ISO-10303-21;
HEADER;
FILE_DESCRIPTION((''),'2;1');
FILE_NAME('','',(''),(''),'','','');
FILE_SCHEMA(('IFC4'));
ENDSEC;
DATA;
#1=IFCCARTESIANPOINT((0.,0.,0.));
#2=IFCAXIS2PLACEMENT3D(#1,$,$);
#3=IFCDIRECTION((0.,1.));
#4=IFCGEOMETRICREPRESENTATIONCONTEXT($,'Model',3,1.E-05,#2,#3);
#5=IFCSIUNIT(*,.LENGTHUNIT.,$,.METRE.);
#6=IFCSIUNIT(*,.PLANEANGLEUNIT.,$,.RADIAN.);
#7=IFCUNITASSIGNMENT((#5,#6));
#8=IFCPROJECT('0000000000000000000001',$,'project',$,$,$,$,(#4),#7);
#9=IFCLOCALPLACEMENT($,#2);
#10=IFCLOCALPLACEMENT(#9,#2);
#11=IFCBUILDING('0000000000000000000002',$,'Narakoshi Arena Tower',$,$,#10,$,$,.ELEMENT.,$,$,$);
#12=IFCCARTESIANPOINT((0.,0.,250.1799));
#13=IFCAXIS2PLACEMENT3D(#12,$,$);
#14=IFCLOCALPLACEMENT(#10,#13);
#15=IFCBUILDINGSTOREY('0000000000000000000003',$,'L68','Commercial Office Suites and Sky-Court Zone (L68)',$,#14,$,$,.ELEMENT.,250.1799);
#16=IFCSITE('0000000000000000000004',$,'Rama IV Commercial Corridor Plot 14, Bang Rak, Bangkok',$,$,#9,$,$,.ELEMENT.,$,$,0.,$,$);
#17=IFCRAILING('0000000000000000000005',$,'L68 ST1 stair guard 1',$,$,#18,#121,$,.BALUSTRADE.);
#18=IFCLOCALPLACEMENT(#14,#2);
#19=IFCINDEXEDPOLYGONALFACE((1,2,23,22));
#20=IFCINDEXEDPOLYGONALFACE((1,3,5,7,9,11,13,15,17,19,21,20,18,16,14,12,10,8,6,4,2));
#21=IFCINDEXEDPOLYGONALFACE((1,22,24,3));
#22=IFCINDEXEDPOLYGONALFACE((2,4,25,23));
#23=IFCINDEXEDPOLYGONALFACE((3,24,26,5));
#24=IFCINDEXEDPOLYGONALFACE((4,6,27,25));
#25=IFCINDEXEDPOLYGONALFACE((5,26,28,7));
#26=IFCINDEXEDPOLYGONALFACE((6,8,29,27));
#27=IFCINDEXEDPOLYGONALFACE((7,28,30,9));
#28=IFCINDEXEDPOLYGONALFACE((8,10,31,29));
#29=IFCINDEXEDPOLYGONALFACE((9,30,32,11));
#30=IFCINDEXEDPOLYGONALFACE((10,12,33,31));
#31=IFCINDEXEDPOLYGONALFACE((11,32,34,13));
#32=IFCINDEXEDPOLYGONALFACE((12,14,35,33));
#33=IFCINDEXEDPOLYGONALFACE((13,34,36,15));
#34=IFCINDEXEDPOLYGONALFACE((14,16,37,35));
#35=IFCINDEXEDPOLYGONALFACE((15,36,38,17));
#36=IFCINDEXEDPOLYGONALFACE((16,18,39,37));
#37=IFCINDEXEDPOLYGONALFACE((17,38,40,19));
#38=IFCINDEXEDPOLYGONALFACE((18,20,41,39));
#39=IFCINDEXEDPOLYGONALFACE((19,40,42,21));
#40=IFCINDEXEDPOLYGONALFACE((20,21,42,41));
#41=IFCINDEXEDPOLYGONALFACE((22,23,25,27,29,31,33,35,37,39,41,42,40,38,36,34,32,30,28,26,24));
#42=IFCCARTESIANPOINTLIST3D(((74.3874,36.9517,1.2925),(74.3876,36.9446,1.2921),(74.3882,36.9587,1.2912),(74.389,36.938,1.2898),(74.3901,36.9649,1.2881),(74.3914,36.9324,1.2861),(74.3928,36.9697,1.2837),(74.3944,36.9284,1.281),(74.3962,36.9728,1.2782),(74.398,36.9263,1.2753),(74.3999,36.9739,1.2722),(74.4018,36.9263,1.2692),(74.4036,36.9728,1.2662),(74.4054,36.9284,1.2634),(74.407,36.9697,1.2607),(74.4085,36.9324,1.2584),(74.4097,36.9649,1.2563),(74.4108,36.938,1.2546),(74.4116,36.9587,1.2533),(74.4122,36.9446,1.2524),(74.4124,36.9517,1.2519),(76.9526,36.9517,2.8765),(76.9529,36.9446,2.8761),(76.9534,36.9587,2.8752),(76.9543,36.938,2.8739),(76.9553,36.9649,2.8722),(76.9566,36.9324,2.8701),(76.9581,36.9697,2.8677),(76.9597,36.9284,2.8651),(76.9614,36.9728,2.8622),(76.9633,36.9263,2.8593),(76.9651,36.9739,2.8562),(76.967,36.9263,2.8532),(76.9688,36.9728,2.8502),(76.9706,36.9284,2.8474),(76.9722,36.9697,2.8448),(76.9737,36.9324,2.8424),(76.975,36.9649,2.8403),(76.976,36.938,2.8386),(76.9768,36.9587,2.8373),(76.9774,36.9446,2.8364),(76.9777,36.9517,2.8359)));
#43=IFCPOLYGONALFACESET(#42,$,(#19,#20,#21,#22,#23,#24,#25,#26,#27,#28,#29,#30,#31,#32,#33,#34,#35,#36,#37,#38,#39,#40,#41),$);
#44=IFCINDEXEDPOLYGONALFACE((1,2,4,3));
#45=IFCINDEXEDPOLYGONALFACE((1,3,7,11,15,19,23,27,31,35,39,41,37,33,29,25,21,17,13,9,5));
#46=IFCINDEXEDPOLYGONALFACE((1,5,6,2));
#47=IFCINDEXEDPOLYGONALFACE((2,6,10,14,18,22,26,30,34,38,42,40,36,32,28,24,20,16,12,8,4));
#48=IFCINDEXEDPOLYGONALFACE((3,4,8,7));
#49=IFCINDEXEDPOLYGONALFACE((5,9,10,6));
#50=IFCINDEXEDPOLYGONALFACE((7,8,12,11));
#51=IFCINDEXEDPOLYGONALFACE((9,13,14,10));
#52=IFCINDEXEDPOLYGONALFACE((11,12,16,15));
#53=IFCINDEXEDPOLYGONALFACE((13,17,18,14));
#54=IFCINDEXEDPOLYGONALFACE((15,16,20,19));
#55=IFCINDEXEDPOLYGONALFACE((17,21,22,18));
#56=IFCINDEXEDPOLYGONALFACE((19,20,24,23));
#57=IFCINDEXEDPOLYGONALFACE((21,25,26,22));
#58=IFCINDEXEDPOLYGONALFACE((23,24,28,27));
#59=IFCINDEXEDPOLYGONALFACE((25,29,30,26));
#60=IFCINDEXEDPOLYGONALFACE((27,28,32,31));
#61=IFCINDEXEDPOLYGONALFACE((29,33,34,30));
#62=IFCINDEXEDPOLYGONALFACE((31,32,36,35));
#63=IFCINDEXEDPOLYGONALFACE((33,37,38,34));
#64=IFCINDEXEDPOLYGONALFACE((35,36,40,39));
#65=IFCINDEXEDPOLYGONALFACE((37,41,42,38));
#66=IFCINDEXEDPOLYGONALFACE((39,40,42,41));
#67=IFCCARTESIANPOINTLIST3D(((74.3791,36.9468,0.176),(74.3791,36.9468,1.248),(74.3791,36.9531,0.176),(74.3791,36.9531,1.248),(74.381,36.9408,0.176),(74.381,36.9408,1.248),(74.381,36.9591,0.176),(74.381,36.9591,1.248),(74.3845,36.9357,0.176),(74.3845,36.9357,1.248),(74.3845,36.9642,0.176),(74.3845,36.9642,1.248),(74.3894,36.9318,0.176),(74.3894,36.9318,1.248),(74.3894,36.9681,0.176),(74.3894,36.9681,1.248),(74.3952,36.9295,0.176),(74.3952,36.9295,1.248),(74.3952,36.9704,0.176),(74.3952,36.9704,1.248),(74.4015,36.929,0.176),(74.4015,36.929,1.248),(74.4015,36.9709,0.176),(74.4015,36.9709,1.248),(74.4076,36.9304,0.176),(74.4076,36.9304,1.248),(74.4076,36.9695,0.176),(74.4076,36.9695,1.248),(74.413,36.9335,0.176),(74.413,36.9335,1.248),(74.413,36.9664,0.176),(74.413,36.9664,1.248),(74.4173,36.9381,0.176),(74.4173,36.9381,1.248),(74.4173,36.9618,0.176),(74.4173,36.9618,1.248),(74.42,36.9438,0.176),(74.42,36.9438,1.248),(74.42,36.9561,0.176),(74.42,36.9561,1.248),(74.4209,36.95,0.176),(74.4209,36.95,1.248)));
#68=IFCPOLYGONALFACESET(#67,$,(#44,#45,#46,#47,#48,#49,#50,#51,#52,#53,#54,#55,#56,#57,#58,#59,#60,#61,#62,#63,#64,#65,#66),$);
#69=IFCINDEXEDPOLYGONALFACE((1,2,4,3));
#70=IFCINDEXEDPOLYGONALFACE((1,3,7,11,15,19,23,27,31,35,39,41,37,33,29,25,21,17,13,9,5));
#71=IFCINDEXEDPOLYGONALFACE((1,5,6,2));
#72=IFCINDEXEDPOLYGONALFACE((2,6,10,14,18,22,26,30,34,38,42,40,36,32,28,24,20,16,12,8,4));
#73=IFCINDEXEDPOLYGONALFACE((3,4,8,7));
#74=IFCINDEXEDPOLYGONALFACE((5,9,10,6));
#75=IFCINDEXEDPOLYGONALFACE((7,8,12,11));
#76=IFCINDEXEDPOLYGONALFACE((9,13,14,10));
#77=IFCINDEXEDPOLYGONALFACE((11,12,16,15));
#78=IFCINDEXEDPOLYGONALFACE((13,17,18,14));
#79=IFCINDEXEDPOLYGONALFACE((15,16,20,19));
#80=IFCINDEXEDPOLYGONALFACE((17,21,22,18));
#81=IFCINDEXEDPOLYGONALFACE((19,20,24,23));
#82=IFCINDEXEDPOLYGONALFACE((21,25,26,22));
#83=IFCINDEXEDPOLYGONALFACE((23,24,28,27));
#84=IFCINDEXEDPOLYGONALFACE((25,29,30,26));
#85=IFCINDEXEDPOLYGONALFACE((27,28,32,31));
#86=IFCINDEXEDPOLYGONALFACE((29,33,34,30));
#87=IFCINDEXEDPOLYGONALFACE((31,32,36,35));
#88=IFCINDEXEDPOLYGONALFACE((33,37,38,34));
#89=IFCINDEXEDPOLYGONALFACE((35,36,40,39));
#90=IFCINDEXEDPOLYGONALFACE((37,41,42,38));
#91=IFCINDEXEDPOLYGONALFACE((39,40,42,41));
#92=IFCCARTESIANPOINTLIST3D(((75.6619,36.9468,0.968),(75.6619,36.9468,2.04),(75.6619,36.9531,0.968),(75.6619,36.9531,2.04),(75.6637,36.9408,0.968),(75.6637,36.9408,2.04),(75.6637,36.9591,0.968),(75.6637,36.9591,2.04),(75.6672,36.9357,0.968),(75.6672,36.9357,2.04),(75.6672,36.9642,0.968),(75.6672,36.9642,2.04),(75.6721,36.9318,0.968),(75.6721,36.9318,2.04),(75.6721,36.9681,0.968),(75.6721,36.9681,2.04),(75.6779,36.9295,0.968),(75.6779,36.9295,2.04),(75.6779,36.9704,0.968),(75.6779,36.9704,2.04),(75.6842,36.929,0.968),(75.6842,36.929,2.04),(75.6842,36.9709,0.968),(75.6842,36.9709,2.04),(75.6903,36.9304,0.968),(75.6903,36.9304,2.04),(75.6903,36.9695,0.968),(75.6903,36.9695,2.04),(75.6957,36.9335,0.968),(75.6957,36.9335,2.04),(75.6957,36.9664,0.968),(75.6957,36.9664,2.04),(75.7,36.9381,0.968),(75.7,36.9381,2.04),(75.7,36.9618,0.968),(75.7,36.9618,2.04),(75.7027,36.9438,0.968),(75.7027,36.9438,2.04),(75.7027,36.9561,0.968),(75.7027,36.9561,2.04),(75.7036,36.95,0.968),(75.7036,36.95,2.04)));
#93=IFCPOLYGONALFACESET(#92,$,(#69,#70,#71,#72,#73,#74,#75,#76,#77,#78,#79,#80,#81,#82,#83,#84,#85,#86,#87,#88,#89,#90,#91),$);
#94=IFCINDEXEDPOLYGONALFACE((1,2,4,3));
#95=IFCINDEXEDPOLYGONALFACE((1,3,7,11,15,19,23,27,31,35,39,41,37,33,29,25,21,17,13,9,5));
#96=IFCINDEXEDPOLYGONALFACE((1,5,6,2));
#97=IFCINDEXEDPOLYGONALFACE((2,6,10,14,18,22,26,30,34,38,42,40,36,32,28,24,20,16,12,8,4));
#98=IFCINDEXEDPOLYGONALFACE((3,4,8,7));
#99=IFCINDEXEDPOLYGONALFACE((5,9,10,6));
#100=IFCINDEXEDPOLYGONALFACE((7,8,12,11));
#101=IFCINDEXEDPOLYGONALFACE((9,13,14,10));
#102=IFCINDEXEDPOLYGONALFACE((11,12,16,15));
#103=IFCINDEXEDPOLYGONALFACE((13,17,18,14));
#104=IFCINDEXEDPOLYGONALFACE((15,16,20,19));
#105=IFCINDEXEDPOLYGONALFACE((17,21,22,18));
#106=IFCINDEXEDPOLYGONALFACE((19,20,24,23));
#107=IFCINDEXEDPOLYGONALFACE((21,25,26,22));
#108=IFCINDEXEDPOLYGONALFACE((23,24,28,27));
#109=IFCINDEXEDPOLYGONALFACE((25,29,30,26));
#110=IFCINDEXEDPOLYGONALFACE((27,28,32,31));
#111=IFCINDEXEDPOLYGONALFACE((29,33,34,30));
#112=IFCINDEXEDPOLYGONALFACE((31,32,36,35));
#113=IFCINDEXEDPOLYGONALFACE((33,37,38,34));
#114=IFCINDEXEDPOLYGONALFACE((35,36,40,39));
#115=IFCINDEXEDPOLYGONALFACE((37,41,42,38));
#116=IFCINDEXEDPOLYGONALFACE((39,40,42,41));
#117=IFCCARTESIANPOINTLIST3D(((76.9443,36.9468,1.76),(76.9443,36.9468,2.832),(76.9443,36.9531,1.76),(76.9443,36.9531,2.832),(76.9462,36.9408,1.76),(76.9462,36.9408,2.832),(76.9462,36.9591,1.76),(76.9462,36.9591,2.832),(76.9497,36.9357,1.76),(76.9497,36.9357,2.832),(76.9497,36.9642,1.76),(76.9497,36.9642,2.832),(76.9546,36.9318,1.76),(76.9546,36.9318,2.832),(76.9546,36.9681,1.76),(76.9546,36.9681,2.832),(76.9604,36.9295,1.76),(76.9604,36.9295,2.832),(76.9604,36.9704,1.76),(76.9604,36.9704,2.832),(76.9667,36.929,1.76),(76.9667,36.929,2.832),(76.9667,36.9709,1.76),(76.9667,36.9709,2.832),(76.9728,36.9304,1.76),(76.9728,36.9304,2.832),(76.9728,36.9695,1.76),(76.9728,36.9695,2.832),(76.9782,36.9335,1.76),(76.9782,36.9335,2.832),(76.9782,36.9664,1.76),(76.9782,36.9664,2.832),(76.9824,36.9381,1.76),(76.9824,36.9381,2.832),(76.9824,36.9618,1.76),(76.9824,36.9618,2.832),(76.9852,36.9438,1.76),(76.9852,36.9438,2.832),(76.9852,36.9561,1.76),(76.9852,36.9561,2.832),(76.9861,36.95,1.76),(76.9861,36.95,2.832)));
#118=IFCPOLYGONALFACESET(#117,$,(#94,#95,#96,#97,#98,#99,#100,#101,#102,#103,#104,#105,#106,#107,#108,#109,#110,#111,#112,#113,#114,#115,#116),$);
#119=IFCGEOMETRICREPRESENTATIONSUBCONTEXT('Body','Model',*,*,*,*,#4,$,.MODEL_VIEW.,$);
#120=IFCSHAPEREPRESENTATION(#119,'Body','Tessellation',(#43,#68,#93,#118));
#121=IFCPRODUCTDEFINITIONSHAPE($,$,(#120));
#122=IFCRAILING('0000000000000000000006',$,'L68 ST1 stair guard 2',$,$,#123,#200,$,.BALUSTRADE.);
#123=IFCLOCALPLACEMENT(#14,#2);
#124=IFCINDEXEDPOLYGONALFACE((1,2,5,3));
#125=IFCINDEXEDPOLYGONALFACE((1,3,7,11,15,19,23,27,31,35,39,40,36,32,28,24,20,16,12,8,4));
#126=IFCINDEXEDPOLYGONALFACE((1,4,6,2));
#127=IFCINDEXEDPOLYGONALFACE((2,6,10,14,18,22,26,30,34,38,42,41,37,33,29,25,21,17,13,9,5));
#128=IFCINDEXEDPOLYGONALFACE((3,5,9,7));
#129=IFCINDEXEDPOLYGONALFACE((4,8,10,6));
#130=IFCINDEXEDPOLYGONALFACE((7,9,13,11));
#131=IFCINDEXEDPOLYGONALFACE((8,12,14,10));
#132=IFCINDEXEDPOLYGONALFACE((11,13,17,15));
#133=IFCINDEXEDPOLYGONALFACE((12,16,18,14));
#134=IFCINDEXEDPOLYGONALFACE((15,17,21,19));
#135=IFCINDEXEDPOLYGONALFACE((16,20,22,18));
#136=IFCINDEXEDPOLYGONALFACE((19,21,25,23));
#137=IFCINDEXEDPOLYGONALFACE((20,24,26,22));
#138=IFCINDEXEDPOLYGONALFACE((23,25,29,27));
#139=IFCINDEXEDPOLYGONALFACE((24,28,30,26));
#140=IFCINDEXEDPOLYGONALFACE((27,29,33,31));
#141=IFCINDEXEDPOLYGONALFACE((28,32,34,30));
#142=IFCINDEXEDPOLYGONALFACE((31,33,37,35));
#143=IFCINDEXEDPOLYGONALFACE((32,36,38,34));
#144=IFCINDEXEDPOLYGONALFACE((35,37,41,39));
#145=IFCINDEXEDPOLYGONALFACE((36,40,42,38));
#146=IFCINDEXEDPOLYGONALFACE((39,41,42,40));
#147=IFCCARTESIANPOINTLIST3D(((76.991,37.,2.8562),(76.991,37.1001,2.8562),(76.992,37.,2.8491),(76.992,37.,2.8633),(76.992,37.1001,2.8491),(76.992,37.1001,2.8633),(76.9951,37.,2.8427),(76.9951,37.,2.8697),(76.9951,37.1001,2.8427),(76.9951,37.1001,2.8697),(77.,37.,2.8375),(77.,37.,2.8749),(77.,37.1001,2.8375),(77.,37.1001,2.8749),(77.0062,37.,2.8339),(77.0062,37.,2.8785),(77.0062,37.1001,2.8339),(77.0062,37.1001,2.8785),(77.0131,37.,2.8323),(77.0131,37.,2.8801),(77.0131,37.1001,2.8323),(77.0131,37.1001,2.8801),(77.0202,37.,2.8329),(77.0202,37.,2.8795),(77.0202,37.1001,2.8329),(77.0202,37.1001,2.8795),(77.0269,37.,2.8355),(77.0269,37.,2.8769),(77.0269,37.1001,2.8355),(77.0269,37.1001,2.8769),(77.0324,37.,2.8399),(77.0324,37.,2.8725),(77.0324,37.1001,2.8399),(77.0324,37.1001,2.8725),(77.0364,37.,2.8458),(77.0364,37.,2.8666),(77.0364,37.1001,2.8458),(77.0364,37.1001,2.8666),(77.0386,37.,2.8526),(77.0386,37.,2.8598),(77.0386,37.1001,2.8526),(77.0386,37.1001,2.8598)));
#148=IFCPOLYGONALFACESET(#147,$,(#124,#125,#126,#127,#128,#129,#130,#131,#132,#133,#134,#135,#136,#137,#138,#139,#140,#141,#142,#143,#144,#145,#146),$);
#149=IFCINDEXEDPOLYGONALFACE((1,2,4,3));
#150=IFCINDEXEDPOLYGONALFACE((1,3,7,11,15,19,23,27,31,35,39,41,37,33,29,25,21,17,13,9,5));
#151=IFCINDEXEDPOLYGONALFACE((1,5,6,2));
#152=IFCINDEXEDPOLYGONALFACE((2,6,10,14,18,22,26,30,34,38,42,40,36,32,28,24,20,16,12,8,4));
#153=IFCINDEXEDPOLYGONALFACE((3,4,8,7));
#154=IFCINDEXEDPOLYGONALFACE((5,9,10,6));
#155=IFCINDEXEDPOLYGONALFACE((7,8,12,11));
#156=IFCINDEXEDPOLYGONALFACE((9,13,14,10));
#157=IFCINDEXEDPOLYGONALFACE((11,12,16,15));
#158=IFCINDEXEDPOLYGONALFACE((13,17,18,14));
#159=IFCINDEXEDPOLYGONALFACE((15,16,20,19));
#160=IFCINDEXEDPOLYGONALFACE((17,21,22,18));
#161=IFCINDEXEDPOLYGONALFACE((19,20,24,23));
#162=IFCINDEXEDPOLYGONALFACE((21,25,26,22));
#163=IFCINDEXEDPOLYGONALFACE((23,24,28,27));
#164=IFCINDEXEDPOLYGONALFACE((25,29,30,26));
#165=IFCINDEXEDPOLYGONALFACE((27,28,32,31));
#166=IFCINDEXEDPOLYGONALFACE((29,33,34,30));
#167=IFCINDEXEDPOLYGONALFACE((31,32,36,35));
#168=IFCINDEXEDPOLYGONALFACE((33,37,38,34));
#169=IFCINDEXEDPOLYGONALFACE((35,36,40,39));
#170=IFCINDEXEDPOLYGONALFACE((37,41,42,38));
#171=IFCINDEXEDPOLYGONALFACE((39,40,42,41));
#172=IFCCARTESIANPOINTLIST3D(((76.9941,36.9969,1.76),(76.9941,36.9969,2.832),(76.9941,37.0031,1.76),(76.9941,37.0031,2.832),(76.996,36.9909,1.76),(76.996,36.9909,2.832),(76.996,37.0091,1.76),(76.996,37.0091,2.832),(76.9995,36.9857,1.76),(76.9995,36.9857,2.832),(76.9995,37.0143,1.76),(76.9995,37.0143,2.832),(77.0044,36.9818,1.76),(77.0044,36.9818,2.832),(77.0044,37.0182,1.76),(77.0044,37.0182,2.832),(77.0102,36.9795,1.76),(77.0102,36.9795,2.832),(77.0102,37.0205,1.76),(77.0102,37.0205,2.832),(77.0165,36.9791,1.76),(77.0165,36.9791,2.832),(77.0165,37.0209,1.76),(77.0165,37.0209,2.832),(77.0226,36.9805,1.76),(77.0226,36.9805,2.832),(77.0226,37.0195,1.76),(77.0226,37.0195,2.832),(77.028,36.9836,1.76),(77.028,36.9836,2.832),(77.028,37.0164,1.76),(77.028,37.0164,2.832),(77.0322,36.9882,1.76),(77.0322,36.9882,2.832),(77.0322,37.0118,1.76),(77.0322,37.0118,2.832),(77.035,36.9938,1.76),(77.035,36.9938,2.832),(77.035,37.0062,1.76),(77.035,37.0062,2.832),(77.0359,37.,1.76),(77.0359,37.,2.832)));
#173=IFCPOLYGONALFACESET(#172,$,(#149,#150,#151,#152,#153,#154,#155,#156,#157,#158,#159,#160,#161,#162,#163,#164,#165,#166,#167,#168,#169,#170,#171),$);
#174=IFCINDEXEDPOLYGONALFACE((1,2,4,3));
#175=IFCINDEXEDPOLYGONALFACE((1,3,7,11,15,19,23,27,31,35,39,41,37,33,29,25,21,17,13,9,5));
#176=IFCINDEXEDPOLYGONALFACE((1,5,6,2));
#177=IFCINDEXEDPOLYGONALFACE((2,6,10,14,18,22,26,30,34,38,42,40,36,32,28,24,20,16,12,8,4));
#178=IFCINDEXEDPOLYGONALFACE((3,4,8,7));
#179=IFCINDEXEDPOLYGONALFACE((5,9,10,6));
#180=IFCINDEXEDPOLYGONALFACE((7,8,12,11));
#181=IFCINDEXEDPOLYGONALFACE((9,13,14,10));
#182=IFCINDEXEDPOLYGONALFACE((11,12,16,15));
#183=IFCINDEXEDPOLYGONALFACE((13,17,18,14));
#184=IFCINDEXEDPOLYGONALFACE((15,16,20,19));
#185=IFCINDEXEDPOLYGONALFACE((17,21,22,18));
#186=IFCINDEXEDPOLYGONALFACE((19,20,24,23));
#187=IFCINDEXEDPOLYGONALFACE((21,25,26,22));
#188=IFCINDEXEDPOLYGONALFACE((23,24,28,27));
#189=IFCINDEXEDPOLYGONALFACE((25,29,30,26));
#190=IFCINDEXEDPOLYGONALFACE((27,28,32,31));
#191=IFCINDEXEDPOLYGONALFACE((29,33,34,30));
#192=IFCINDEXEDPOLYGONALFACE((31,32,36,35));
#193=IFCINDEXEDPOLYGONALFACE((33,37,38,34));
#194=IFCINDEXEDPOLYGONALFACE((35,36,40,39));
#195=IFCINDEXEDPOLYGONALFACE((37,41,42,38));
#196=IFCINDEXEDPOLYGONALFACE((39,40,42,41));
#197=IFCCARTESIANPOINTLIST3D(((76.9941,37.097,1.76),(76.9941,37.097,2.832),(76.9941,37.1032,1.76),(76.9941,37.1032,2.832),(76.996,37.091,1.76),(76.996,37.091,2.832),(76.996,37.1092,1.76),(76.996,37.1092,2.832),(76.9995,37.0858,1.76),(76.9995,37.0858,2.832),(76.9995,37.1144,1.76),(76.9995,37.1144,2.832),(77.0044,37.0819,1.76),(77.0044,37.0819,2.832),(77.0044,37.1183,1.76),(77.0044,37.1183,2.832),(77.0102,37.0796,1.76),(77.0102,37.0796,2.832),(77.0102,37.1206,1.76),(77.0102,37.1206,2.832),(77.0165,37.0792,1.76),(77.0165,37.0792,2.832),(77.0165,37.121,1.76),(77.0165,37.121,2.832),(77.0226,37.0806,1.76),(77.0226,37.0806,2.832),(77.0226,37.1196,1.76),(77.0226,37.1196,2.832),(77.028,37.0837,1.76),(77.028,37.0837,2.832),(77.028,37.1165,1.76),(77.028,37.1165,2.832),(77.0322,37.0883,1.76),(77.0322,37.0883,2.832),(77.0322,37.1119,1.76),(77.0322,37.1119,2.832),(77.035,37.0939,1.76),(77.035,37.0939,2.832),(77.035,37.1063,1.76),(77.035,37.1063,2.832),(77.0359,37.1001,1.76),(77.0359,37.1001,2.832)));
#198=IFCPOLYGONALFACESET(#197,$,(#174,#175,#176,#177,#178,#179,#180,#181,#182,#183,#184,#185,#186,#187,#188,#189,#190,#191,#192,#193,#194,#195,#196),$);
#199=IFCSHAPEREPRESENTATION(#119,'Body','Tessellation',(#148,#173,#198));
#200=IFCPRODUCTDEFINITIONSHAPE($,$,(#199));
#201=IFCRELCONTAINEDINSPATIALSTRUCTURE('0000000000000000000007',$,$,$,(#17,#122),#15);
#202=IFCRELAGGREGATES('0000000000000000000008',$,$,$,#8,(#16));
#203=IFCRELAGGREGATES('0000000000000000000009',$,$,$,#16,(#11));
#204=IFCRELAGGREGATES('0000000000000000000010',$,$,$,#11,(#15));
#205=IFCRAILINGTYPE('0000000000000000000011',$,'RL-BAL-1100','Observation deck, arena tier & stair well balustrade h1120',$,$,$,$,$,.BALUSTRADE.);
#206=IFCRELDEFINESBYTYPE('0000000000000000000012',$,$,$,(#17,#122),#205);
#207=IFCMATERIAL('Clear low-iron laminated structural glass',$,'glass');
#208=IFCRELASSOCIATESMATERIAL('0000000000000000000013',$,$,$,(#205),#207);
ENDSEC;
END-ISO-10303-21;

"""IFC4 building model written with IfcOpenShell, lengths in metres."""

from ifc_helpers import new_model, si_unit, direction, frame, origin, origin_2d, place, context, subcontext, project, spatial, circle, extrude, material, type_object, element, save


model = new_model("IFC4")

# Units and contexts
model_context = context("Model", 3, precision=1e-05, world=origin(), true_north=direction((0.0, 1.0)))
body_context = subcontext(model_context, "Body", "Model", "MODEL_VIEW")
ifc_project = project(units=[si_unit("LENGTHUNIT", "METRE"), si_unit("PLANEANGLEUNIT", "RADIAN")], contexts=[model_context])

# Site, building, storey
site_placement = place(None, origin())
site = spatial("IfcSite", under=ifc_project, at=site_placement, Name="Rama IV Commercial Corridor Plot 14, Bang Rak, Bangkok", CompositionType="ELEMENT", RefElevation=0.0)
building_placement = place(site_placement, origin())
building = spatial("IfcBuilding", under=site, at=building_placement, Name="Narakoshi Arena Tower", CompositionType="ELEMENT")
storey_placement = place(building_placement, frame((0.0, 0.0, 250.1799)))
storey = spatial("IfcBuildingStorey", under=building, at=storey_placement, Name="L68", Description="Commercial Office Suites and Sky-Court Zone (L68)", CompositionType="ELEMENT", Elevation=250.1799)

# Railings
ifc_material_1 = material(Name="Clear low-iron laminated structural glass", Category="glass")
railing_type_1 = type_object("IfcRailingType", Name="RL-BAL-1100", Description="Observation deck, arena tier & stair well balustrade h1120", PredefinedType="BALUSTRADE", material=ifc_material_1)
railing_1_placement = place(storey_placement, frame((74.3999, 36.95, 0.176)))
element("IfcRailing", 1, at=railing_1_placement, inside=storey, type_object=railing_type_1, Name="L68 ST1 stair guard 1", PredefinedType="BALUSTRADE", context=body_context, shape_type="SweptSolid", body=[
    extrude(circle(Radius=0.0239, at=origin_2d()), frame((0.0, 0.0, 1.0962), z_axis=(0.850857, 0.0, 0.525398), x_axis=(0.0, 1.0, 0.0)), (0.0, 0.0, 1.0), 3.0149),
    extrude(circle(Radius=0.021, at=origin_2d()), origin(), (0.0, 0.0, 1.0), 1.072),
    extrude(circle(Radius=0.021, at=origin_2d()), frame((1.2827, 0.0, 0.792)), (0.0, 0.0, 1.0), 1.072),
    extrude(circle(Radius=0.021, at=origin_2d()), frame((2.5652, 0.0, 1.584)), (0.0, 0.0, 1.0), 1.072),
])
railing_2_placement = place(storey_placement, frame((77.0149, 37.0, 1.76)))
element("IfcRailing", 2, at=railing_2_placement, inside=storey, type_object=railing_type_1, Name="L68 ST1 stair guard 2", PredefinedType="BALUSTRADE", context=body_context, shape_type="SweptSolid", body=[
    extrude(circle(Radius=0.0239, at=origin_2d()), frame((0.0, 0.0, 1.0962), z_axis=(0.0, 1.0, 0.0), x_axis=(-1.0, 0.0, 0.0)), (0.0, 0.0, 1.0), 0.1001),
    extrude(circle(Radius=0.021, at=origin_2d()), origin(), (0.0, 0.0, 1.0), 1.072),
    extrude(circle(Radius=0.021, at=origin_2d()), frame((0.0, 0.1001, 0.0)), (0.0, 0.0, 1.0), 1.072),
])

save(model, "model.ifc")
